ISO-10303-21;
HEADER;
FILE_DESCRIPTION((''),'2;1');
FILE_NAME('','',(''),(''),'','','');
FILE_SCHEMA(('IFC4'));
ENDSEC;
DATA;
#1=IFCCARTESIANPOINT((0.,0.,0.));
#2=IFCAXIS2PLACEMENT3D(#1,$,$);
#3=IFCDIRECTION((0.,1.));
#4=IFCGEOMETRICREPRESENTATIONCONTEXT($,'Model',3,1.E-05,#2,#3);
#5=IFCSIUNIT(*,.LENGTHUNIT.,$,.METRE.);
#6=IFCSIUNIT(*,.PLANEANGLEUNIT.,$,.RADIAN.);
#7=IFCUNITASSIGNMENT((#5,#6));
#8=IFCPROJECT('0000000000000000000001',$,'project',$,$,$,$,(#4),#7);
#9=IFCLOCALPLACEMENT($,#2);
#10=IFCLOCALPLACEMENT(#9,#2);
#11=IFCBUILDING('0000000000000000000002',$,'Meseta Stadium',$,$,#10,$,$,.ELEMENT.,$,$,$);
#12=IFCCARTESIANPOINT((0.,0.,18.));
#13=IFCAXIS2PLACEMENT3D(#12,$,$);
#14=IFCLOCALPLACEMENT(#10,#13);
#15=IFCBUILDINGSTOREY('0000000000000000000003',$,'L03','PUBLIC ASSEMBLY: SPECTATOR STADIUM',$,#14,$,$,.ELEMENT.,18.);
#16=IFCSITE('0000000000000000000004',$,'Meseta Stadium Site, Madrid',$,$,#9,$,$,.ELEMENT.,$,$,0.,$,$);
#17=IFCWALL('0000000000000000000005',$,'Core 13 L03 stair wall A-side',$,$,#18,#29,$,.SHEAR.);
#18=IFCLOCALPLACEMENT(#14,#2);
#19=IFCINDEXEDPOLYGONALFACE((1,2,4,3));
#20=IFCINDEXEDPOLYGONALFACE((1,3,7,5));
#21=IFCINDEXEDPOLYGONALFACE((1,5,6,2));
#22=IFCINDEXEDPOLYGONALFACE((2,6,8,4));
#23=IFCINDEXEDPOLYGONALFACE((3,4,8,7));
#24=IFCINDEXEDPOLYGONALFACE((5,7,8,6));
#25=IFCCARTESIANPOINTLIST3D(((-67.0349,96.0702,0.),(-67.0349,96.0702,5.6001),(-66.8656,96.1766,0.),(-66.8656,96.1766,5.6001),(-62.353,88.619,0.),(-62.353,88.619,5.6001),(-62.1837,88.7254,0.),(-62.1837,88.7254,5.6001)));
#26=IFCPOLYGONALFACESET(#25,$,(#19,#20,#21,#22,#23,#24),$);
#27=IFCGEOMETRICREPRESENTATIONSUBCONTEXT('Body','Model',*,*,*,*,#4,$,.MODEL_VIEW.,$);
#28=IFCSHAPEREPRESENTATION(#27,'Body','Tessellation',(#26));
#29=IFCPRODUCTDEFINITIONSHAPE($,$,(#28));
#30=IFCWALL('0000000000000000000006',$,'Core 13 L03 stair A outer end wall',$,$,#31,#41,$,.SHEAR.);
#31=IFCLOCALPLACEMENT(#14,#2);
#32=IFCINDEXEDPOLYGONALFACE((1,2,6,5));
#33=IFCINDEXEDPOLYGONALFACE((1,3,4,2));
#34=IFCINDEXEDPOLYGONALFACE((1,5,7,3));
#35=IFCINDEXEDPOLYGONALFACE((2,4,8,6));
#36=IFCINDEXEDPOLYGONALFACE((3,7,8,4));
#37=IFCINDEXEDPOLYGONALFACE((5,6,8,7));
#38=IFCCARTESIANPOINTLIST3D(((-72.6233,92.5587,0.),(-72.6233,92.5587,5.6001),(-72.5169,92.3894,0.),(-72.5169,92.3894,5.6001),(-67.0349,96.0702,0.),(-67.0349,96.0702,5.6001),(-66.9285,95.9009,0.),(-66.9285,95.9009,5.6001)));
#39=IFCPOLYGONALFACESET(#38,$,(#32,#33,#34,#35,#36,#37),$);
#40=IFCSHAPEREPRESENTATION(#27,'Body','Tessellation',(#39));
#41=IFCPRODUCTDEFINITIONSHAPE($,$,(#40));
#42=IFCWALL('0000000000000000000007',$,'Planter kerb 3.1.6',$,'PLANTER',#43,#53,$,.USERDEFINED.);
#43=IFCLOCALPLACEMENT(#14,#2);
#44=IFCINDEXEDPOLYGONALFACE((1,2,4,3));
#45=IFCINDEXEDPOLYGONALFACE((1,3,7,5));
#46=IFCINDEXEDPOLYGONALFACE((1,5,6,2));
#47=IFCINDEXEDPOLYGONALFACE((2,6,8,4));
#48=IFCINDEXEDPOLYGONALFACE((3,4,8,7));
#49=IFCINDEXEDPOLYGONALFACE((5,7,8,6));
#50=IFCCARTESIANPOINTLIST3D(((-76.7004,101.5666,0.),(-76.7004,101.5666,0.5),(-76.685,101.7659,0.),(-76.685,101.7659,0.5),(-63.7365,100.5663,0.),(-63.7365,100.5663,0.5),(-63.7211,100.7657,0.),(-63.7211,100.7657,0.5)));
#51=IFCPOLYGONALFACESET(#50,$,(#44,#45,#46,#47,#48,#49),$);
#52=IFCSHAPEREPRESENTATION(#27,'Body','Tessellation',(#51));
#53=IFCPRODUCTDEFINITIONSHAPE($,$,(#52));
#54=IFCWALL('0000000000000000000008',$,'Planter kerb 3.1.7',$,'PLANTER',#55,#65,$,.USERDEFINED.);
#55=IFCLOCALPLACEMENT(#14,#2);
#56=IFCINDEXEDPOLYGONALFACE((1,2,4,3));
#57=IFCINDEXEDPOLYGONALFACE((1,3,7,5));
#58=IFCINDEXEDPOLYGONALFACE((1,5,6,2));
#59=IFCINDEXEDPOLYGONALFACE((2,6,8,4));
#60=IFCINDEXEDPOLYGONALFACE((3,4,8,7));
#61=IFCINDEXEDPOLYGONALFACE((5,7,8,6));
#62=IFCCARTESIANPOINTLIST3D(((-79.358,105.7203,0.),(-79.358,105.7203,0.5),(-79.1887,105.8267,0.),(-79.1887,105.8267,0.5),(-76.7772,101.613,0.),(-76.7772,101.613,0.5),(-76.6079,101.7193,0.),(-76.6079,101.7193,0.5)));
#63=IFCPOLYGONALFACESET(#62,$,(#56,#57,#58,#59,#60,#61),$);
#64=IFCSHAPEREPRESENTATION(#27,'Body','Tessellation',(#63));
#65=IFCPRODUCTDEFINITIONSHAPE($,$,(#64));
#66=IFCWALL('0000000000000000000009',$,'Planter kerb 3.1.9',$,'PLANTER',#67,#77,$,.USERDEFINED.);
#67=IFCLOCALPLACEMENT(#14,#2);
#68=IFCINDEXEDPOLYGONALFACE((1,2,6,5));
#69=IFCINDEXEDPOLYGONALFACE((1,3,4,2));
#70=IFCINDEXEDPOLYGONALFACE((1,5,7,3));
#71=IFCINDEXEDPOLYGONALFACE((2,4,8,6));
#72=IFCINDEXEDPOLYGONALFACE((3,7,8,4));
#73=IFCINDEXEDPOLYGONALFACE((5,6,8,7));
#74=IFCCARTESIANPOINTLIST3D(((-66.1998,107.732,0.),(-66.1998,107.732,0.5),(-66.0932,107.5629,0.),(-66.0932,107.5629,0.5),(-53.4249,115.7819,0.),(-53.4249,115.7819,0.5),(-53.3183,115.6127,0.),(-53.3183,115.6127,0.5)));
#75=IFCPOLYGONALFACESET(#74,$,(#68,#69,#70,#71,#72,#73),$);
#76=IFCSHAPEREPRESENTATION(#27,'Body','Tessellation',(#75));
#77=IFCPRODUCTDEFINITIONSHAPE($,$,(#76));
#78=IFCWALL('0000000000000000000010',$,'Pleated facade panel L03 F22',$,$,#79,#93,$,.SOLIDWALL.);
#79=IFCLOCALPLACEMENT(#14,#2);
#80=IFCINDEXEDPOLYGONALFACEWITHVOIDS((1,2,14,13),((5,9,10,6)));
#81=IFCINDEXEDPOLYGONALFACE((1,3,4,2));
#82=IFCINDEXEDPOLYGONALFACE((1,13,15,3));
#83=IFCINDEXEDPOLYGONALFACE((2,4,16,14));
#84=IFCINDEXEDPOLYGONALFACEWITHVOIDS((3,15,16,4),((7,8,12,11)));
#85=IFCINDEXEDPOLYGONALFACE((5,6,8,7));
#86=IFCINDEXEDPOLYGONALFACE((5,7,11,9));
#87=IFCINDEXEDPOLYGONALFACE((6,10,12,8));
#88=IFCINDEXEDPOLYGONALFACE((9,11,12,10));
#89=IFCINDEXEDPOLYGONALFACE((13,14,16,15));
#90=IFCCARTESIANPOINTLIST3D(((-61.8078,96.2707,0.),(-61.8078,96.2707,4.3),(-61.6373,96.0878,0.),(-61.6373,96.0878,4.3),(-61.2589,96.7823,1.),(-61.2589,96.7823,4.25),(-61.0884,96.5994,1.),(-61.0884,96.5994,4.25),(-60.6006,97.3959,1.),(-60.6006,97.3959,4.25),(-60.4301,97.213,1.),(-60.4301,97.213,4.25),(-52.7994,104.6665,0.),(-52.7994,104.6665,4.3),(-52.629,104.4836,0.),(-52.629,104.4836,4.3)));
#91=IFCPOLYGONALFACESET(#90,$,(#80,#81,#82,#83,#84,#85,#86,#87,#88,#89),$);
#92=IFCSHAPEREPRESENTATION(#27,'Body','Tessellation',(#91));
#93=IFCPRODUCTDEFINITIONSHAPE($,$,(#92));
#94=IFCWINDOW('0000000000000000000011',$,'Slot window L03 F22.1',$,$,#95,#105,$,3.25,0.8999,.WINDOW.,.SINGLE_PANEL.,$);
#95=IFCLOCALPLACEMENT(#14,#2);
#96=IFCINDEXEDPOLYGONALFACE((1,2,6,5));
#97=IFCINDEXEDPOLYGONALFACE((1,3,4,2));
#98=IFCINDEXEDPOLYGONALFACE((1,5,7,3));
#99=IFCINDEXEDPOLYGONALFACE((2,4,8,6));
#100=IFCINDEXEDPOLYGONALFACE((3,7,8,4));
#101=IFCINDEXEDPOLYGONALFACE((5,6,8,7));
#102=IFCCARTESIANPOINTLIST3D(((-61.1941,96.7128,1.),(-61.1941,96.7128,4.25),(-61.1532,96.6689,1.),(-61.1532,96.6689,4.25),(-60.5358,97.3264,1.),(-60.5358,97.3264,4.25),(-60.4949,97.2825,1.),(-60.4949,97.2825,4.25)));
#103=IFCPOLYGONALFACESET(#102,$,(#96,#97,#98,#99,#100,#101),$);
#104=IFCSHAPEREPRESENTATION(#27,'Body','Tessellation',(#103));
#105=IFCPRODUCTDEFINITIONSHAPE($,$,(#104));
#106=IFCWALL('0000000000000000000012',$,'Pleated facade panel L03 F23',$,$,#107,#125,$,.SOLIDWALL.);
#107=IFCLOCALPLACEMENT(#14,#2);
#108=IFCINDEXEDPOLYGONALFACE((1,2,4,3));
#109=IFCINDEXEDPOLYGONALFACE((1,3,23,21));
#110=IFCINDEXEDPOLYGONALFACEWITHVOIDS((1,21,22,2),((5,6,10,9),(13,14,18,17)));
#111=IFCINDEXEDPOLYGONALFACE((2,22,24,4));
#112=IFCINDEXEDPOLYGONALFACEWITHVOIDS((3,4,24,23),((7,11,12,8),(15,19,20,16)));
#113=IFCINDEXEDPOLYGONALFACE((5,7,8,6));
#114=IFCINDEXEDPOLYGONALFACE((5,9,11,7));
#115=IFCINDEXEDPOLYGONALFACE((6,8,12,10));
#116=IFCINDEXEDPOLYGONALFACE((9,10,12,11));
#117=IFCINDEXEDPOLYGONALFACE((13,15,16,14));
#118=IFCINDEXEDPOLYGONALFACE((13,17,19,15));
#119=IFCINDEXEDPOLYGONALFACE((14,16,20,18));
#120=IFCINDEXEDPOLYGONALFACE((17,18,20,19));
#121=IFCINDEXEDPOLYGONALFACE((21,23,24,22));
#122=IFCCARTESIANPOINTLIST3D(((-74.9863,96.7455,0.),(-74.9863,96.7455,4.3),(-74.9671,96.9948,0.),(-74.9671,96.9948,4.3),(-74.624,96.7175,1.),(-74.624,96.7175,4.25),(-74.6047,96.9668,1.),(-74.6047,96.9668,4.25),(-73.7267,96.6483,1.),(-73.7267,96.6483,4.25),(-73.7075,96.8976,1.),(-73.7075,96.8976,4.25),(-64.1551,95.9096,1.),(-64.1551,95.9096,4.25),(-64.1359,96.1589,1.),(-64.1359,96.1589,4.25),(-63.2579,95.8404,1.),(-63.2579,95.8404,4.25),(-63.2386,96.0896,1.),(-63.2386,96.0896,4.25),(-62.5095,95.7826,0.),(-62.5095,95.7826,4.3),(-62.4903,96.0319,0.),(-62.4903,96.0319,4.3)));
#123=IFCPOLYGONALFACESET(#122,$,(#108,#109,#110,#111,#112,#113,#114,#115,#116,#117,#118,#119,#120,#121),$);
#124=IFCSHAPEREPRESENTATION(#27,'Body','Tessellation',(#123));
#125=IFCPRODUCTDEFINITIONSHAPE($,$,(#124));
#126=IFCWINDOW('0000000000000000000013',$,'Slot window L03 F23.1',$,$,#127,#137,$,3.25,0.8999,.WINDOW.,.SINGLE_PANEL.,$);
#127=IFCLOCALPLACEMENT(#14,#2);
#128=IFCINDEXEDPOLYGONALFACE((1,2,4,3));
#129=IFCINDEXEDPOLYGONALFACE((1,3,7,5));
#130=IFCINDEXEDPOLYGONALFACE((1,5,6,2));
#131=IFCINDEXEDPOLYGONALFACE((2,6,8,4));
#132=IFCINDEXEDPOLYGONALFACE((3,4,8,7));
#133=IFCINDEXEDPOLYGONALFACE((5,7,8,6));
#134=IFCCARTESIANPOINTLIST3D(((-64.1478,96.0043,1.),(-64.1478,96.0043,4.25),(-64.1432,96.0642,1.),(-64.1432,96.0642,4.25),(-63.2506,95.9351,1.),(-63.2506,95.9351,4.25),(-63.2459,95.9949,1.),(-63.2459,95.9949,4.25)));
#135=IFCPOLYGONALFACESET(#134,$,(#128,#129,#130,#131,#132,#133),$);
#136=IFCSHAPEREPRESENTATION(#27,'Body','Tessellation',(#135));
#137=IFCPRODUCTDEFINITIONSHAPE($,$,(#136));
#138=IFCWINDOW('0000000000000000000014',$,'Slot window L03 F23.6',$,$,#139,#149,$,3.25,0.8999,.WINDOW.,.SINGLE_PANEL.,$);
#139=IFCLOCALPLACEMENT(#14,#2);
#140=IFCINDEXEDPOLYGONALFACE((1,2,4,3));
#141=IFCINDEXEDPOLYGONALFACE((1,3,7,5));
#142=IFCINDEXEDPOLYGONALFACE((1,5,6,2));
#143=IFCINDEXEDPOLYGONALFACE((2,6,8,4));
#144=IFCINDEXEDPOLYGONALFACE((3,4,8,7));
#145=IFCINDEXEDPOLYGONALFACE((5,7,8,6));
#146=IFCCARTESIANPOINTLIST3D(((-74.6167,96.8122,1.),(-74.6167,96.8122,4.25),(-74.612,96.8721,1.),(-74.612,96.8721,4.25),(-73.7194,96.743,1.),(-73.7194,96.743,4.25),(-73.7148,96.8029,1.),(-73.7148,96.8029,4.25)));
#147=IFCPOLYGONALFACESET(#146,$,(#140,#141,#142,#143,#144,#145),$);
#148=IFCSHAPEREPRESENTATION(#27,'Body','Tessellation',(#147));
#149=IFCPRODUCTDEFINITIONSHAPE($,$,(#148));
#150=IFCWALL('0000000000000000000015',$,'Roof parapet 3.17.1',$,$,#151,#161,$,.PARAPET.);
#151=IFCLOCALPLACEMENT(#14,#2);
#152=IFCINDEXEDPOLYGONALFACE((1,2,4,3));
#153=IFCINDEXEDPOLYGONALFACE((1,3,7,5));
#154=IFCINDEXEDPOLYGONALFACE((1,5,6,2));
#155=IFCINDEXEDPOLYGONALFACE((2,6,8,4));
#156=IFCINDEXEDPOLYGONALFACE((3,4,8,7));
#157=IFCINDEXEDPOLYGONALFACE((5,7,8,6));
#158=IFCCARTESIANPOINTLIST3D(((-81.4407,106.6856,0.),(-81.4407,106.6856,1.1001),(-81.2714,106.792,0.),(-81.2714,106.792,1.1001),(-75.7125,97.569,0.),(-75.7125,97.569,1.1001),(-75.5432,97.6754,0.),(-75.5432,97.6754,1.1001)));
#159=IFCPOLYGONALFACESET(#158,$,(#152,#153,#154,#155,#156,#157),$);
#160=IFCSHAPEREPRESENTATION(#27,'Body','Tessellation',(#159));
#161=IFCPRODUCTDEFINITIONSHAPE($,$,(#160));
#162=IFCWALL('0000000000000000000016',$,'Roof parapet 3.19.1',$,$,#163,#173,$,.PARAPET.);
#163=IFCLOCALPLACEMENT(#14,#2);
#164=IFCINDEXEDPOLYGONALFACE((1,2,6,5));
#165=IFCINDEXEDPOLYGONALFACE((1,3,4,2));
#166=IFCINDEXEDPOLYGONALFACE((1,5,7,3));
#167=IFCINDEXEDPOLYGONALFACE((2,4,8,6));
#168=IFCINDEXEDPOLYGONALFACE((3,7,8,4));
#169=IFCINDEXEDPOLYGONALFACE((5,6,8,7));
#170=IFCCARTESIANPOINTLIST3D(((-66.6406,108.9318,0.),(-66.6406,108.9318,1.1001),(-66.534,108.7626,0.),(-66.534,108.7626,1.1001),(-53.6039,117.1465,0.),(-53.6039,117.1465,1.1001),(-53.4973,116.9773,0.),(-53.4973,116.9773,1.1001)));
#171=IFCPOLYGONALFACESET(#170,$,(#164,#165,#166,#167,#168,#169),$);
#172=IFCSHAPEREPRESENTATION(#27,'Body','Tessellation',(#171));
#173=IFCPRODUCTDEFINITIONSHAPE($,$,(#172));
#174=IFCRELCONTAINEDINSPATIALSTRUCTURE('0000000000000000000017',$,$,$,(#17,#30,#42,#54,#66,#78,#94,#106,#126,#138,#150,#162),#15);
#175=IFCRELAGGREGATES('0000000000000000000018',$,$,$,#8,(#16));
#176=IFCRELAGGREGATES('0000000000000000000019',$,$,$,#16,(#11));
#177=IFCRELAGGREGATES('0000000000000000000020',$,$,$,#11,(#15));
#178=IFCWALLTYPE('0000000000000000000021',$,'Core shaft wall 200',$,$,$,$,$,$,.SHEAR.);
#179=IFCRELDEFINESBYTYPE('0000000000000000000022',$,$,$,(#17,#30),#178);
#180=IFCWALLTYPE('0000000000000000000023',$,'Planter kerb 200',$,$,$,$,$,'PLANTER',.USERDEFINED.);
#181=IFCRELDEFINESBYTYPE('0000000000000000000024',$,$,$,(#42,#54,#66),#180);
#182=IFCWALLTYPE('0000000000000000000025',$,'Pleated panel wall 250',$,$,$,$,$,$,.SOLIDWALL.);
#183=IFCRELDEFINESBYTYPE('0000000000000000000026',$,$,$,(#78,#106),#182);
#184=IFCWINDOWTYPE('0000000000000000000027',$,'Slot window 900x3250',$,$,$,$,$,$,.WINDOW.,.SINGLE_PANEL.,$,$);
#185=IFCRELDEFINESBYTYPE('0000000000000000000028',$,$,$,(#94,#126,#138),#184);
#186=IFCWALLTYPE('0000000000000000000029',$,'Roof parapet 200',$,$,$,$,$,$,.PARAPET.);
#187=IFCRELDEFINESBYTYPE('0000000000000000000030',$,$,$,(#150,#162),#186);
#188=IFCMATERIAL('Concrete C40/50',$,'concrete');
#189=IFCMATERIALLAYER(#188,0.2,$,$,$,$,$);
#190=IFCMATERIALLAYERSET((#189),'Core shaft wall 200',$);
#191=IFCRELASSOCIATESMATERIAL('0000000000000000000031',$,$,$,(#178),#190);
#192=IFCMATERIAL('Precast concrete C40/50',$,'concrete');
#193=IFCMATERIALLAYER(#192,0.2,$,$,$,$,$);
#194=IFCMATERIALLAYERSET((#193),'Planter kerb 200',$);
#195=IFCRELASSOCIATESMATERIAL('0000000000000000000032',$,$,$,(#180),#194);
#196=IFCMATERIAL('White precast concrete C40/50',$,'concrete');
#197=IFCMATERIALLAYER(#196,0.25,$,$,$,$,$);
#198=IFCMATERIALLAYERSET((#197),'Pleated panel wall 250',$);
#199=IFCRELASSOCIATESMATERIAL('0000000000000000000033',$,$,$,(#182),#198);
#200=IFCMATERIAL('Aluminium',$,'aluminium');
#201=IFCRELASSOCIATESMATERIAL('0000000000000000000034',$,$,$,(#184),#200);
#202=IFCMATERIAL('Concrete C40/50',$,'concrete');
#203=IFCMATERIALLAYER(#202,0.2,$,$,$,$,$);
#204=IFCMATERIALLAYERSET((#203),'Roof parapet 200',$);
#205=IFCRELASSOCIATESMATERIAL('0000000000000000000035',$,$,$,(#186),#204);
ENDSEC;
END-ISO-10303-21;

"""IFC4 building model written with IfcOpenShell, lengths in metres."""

from ifc_helpers import new_model, si_unit, direction, frame, frame_2d, origin, place, context, subcontext, project, spatial, rectangle, extrude, material, layer, layer_set, type_object, element, fill, save


model = new_model("IFC4")

# Units and contexts
model_context = context("Model", 3, precision=1e-05, world=origin(), true_north=direction((0.0, 1.0)))
body_context = subcontext(model_context, "Body", "Model", "MODEL_VIEW")
ifc_project = project(units=[si_unit("LENGTHUNIT", "METRE"), si_unit("PLANEANGLEUNIT", "RADIAN")], contexts=[model_context])

# Site, building, storey
site_placement = place(None, origin())
site = spatial("IfcSite", under=ifc_project, at=site_placement, Name="Meseta Stadium Site, Madrid", CompositionType="ELEMENT", RefElevation=0.0)
building_placement = place(site_placement, origin())
building = spatial("IfcBuilding", under=site, at=building_placement, Name="Meseta Stadium", CompositionType="ELEMENT")
storey_placement = place(building_placement, frame((0.0, 0.0, 18.0)))
storey = spatial("IfcBuildingStorey", under=building, at=storey_placement, Name="L03", Description="PUBLIC ASSEMBLY: SPECTATOR STADIUM", CompositionType="ELEMENT", Elevation=18.0)

# Walls
ifc_material_1 = material(Name="Concrete C40/50", Category="concrete")
ifc_layer_1 = layer(ifc_material_1, 0.2)
ifc_layer_set_1 = layer_set([ifc_layer_1], Name="Core shaft wall 200")
wall_type_1 = type_object("IfcWallType", Name="Core shaft wall 200", PredefinedType="SHEAR", material=ifc_layer_set_1)
wall_1_placement = place(storey_placement, frame((-66.9502, 96.1233, 0.0), z_axis=(0.0, 0.0, 1.0), x_axis=(0.532032, -0.846724, 0.0)))
element("IfcWall", 1, at=wall_1_placement, inside=storey, type_object=wall_type_1, Name="Core 13 L03 stair wall A-side", PredefinedType="SHEAR", context=body_context, shape_type="SweptSolid", body=[
    extrude(rectangle(XDim=8.8, YDim=0.2, at=frame_2d((4.3999, 0.0))), origin(), (0.0, 0.0, 1.0), 5.6001),
])
wall_2_placement = place(storey_placement, frame((-66.9817, 95.9856, 0.0), z_axis=(0.0, 0.0, 1.0), x_axis=(-0.84672, -0.532039, 0.0)))
element("IfcWall", 2, at=wall_2_placement, inside=storey, type_object=wall_type_1, Name="Core 13 L03 stair A outer end wall", PredefinedType="SHEAR", context=body_context, shape_type="SweptSolid", body=[
    extrude(rectangle(XDim=6.6001, YDim=0.2, at=frame_2d((3.3, 0.0))), origin(), (0.0, 0.0, 1.0), 5.6001),
])
ifc_material_2 = material(Name="Precast concrete C40/50", Category="concrete")
ifc_layer_2 = layer(ifc_material_2, 0.2)
ifc_layer_set_2 = layer_set([ifc_layer_2], Name="Planter kerb 200")
wall_type_2 = type_object("IfcWallType", Name="Planter kerb 200", ElementType="PLANTER", PredefinedType="USERDEFINED", material=ifc_layer_set_2)
wall_3_placement = place(storey_placement, frame((-63.7288, 100.666, 0.0), z_axis=(0.0, 0.0, 1.0), x_axis=(-0.997037, 0.076928, 0.0)))
element("IfcWall", 3, at=wall_3_placement, inside=storey, type_object=wall_type_2, Name="Planter kerb 3.1.6", ObjectType="PLANTER", PredefinedType="USERDEFINED", context=body_context, shape_type="SweptSolid", body=[
    extrude(rectangle(XDim=13.0024, YDim=0.2, at=frame_2d((6.5012, 0.0))), origin(), (0.0, 0.0, 1.0), 0.5),
])
wall_4_placement = place(storey_placement, frame((-76.6926, 101.6663, 0.0), z_axis=(0.0, 0.0, 1.0), x_axis=(-0.532024, 0.846729, 0.0)))
element("IfcWall", 4, at=wall_4_placement, inside=storey, type_object=wall_type_2, Name="Planter kerb 3.1.7", ObjectType="PLANTER", PredefinedType="USERDEFINED", context=body_context, shape_type="SweptSolid", body=[
    extrude(rectangle(XDim=4.8508, YDim=0.2, at=frame_2d((2.4253, 0.0))), origin(), (0.0, 0.0, 1.0), 0.5),
])
wall_5_placement = place(storey_placement, frame((-66.1465, 107.6475, 0.0), z_axis=(0.0, 0.0, 1.0), x_axis=(0.846043, 0.533114, 0.0)))
element("IfcWall", 5, at=wall_5_placement, inside=storey, type_object=wall_type_2, Name="Planter kerb 3.1.9", ObjectType="PLANTER", PredefinedType="USERDEFINED", context=body_context, shape_type="SweptSolid", body=[
    extrude(rectangle(XDim=15.0996, YDim=0.2, at=frame_2d((7.5498, 0.0))), origin(), (0.0, 0.0, 1.0), 0.5),
])

# Wall, opening, window
ifc_material_3 = material(Name="White precast concrete C40/50", Category="concrete")
ifc_layer_3 = layer(ifc_material_3, 0.25)
ifc_layer_set_3 = layer_set([ifc_layer_3], Name="Pleated panel wall 250")
wall_type_3 = type_object("IfcWallType", Name="Pleated panel wall 250", PredefinedType="SOLIDWALL", material=ifc_layer_set_3)
wall_6_placement = place(storey_placement, frame((-61.7227, 96.1792, 0.0), z_axis=(0.0, 0.0, 1.0), x_axis=(0.731541, 0.681797, 0.0)))
wall_6 = element("IfcWall", 6, at=wall_6_placement, inside=storey, type_object=wall_type_3, Name="Pleated facade panel L03 F22", PredefinedType="SOLIDWALL", context=body_context, shape_type="SweptSolid", body=[
    extrude(rectangle(XDim=12.3142, YDim=0.25, at=frame_2d((6.1572, 0.0))), origin(), (0.0, 0.0, 1.0), 4.3),
])
opening_1_placement = place(wall_6_placement, frame((0.7505, 0.0, 1.0)))
opening_1 = element("IfcOpeningElement", 7, at=opening_1_placement, cuts=wall_6, PredefinedType="OPENING", context=body_context, shape_type="SweptSolid", body=[
    extrude(rectangle(XDim=0.8999, YDim=3.25, at=frame_2d((0.45, 1.625))), frame((0.0, 0.135, 0.0), z_axis=(0.0, -1.0, 0.0), x_axis=(1.0, 0.0, 0.0)), (0.0, 0.0, 1.0), 0.27),
])
ifc_material_4 = material(Name="Aluminium", Category="aluminium")
window_type = type_object("IfcWindowType", Name="Slot window 900x3250", PartitioningType="SINGLE_PANEL", PredefinedType="WINDOW", material=ifc_material_4)
window_1_placement = place(opening_1_placement, origin())
window_1 = element("IfcWindow", 8, at=window_1_placement, inside=storey, type_object=window_type, Name="Slot window L03 F22.1", OverallHeight=3.25, OverallWidth=0.8999, PartitioningType="SINGLE_PANEL", PredefinedType="WINDOW", context=body_context, shape_type="SweptSolid", body=[
    extrude(rectangle(XDim=0.8999, YDim=3.25, at=frame_2d((0.45, 1.625))), frame((0.0, 0.03, 0.0), z_axis=(0.0, -1.0, 0.0), x_axis=(1.0, 0.0, 0.0)), (0.0, 0.0, 1.0), 0.0601),
])
fill(opening_1, window_1)

# Wall, openings, windows
wall_7_placement = place(storey_placement, frame((-74.9766, 96.8701, 0.0), z_axis=(0.0, 0.0, 1.0), x_axis=(0.997035, -0.076946, 0.0)))
wall_7 = element("IfcWall", 9, at=wall_7_placement, inside=storey, type_object=wall_type_3, Name="Pleated facade panel L03 F23", PredefinedType="SOLIDWALL", context=body_context, shape_type="SweptSolid", body=[
    extrude(rectangle(XDim=12.5139, YDim=0.25, at=frame_2d((6.2568, 0.0))), origin(), (0.0, 0.0, 1.0), 4.3),
])
opening_2_placement = place(wall_7_placement, frame((10.8633, 0.0, 1.0)))
opening_2 = element("IfcOpeningElement", 10, at=opening_2_placement, cuts=wall_7, PredefinedType="OPENING", context=body_context, shape_type="SweptSolid", body=[
    extrude(rectangle(XDim=0.8999, YDim=3.25, at=frame_2d((0.45, 1.625))), frame((0.0, 0.135, 0.0), z_axis=(0.0, -1.0, 0.0), x_axis=(1.0, 0.0, 0.0)), (0.0, 0.0, 1.0), 0.27),
])
opening_3_placement = place(wall_7_placement, frame((0.3633, 0.0, 1.0)))
opening_3 = element("IfcOpeningElement", 11, at=opening_3_placement, cuts=wall_7, PredefinedType="OPENING", context=body_context, shape_type="SweptSolid", body=[
    extrude(rectangle(XDim=0.8999, YDim=3.25, at=frame_2d((0.45, 1.625))), frame((0.0, 0.135, 0.0), z_axis=(0.0, -1.0, 0.0), x_axis=(1.0, 0.0, 0.0)), (0.0, 0.0, 1.0), 0.27),
])
window_2_placement = place(opening_2_placement, origin())
window_2 = element("IfcWindow", 12, at=window_2_placement, inside=storey, type_object=window_type, Name="Slot window L03 F23.1", OverallHeight=3.25, OverallWidth=0.8999, PartitioningType="SINGLE_PANEL", PredefinedType="WINDOW", context=body_context, shape_type="SweptSolid", body=[
    extrude(rectangle(XDim=0.8999, YDim=3.25, at=frame_2d((0.45, 1.625))), frame((0.0, 0.03, 0.0), z_axis=(0.0, -1.0, 0.0), x_axis=(1.0, 0.0, 0.0)), (0.0, 0.0, 1.0), 0.0601),
])
fill(opening_2, window_2)
window_3_placement = place(opening_3_placement, origin())
window_3 = element("IfcWindow", 13, at=window_3_placement, inside=storey, type_object=window_type, Name="Slot window L03 F23.6", OverallHeight=3.25, OverallWidth=0.8999, PartitioningType="SINGLE_PANEL", PredefinedType="WINDOW", context=body_context, shape_type="SweptSolid", body=[
    extrude(rectangle(XDim=0.8999, YDim=3.25, at=frame_2d((0.45, 1.625))), frame((0.0, 0.03, 0.0), z_axis=(0.0, -1.0, 0.0), x_axis=(1.0, 0.0, 0.0)), (0.0, 0.0, 1.0), 0.0601),
])
fill(opening_3, window_3)

# Walls
ifc_material_5 = material(Name="Concrete C40/50", Category="concrete")
ifc_layer_4 = layer(ifc_material_5, 0.2)
ifc_layer_set_4 = layer_set([ifc_layer_4], Name="Roof parapet 200")
wall_type_4 = type_object("IfcWallType", Name="Roof parapet 200", PredefinedType="PARAPET", material=ifc_layer_set_4)
wall_8_placement = place(storey_placement, frame((-75.6279, 97.6223, 0.0), z_axis=(0.0, 0.0, 1.0), x_axis=(-0.532023, 0.84673, 0.0)))
element("IfcWall", 14, at=wall_8_placement, inside=storey, type_object=wall_type_4, Name="Roof parapet 3.17.1", PredefinedType="PARAPET", context=body_context, shape_type="SweptSolid", body=[
    extrude(rectangle(XDim=10.7668, YDim=0.2, at=frame_2d((5.3833, 0.0))), origin(), (0.0, 0.0, 1.0), 1.1001),
])
wall_9_placement = place(storey_placement, frame((-66.5874, 108.8472, 0.0), z_axis=(0.0, 0.0, 1.0), x_axis=(0.846047, 0.533109, 0.0)))
element("IfcWall", 15, at=wall_9_placement, inside=storey, type_object=wall_type_4, Name="Roof parapet 3.19.1", PredefinedType="PARAPET", context=body_context, shape_type="SweptSolid", body=[
    extrude(rectangle(XDim=15.4089, YDim=0.2, at=frame_2d((7.7046, 0.0))), origin(), (0.0, 0.0, 1.0), 1.1001),
])

save(model, "model.ifc")
